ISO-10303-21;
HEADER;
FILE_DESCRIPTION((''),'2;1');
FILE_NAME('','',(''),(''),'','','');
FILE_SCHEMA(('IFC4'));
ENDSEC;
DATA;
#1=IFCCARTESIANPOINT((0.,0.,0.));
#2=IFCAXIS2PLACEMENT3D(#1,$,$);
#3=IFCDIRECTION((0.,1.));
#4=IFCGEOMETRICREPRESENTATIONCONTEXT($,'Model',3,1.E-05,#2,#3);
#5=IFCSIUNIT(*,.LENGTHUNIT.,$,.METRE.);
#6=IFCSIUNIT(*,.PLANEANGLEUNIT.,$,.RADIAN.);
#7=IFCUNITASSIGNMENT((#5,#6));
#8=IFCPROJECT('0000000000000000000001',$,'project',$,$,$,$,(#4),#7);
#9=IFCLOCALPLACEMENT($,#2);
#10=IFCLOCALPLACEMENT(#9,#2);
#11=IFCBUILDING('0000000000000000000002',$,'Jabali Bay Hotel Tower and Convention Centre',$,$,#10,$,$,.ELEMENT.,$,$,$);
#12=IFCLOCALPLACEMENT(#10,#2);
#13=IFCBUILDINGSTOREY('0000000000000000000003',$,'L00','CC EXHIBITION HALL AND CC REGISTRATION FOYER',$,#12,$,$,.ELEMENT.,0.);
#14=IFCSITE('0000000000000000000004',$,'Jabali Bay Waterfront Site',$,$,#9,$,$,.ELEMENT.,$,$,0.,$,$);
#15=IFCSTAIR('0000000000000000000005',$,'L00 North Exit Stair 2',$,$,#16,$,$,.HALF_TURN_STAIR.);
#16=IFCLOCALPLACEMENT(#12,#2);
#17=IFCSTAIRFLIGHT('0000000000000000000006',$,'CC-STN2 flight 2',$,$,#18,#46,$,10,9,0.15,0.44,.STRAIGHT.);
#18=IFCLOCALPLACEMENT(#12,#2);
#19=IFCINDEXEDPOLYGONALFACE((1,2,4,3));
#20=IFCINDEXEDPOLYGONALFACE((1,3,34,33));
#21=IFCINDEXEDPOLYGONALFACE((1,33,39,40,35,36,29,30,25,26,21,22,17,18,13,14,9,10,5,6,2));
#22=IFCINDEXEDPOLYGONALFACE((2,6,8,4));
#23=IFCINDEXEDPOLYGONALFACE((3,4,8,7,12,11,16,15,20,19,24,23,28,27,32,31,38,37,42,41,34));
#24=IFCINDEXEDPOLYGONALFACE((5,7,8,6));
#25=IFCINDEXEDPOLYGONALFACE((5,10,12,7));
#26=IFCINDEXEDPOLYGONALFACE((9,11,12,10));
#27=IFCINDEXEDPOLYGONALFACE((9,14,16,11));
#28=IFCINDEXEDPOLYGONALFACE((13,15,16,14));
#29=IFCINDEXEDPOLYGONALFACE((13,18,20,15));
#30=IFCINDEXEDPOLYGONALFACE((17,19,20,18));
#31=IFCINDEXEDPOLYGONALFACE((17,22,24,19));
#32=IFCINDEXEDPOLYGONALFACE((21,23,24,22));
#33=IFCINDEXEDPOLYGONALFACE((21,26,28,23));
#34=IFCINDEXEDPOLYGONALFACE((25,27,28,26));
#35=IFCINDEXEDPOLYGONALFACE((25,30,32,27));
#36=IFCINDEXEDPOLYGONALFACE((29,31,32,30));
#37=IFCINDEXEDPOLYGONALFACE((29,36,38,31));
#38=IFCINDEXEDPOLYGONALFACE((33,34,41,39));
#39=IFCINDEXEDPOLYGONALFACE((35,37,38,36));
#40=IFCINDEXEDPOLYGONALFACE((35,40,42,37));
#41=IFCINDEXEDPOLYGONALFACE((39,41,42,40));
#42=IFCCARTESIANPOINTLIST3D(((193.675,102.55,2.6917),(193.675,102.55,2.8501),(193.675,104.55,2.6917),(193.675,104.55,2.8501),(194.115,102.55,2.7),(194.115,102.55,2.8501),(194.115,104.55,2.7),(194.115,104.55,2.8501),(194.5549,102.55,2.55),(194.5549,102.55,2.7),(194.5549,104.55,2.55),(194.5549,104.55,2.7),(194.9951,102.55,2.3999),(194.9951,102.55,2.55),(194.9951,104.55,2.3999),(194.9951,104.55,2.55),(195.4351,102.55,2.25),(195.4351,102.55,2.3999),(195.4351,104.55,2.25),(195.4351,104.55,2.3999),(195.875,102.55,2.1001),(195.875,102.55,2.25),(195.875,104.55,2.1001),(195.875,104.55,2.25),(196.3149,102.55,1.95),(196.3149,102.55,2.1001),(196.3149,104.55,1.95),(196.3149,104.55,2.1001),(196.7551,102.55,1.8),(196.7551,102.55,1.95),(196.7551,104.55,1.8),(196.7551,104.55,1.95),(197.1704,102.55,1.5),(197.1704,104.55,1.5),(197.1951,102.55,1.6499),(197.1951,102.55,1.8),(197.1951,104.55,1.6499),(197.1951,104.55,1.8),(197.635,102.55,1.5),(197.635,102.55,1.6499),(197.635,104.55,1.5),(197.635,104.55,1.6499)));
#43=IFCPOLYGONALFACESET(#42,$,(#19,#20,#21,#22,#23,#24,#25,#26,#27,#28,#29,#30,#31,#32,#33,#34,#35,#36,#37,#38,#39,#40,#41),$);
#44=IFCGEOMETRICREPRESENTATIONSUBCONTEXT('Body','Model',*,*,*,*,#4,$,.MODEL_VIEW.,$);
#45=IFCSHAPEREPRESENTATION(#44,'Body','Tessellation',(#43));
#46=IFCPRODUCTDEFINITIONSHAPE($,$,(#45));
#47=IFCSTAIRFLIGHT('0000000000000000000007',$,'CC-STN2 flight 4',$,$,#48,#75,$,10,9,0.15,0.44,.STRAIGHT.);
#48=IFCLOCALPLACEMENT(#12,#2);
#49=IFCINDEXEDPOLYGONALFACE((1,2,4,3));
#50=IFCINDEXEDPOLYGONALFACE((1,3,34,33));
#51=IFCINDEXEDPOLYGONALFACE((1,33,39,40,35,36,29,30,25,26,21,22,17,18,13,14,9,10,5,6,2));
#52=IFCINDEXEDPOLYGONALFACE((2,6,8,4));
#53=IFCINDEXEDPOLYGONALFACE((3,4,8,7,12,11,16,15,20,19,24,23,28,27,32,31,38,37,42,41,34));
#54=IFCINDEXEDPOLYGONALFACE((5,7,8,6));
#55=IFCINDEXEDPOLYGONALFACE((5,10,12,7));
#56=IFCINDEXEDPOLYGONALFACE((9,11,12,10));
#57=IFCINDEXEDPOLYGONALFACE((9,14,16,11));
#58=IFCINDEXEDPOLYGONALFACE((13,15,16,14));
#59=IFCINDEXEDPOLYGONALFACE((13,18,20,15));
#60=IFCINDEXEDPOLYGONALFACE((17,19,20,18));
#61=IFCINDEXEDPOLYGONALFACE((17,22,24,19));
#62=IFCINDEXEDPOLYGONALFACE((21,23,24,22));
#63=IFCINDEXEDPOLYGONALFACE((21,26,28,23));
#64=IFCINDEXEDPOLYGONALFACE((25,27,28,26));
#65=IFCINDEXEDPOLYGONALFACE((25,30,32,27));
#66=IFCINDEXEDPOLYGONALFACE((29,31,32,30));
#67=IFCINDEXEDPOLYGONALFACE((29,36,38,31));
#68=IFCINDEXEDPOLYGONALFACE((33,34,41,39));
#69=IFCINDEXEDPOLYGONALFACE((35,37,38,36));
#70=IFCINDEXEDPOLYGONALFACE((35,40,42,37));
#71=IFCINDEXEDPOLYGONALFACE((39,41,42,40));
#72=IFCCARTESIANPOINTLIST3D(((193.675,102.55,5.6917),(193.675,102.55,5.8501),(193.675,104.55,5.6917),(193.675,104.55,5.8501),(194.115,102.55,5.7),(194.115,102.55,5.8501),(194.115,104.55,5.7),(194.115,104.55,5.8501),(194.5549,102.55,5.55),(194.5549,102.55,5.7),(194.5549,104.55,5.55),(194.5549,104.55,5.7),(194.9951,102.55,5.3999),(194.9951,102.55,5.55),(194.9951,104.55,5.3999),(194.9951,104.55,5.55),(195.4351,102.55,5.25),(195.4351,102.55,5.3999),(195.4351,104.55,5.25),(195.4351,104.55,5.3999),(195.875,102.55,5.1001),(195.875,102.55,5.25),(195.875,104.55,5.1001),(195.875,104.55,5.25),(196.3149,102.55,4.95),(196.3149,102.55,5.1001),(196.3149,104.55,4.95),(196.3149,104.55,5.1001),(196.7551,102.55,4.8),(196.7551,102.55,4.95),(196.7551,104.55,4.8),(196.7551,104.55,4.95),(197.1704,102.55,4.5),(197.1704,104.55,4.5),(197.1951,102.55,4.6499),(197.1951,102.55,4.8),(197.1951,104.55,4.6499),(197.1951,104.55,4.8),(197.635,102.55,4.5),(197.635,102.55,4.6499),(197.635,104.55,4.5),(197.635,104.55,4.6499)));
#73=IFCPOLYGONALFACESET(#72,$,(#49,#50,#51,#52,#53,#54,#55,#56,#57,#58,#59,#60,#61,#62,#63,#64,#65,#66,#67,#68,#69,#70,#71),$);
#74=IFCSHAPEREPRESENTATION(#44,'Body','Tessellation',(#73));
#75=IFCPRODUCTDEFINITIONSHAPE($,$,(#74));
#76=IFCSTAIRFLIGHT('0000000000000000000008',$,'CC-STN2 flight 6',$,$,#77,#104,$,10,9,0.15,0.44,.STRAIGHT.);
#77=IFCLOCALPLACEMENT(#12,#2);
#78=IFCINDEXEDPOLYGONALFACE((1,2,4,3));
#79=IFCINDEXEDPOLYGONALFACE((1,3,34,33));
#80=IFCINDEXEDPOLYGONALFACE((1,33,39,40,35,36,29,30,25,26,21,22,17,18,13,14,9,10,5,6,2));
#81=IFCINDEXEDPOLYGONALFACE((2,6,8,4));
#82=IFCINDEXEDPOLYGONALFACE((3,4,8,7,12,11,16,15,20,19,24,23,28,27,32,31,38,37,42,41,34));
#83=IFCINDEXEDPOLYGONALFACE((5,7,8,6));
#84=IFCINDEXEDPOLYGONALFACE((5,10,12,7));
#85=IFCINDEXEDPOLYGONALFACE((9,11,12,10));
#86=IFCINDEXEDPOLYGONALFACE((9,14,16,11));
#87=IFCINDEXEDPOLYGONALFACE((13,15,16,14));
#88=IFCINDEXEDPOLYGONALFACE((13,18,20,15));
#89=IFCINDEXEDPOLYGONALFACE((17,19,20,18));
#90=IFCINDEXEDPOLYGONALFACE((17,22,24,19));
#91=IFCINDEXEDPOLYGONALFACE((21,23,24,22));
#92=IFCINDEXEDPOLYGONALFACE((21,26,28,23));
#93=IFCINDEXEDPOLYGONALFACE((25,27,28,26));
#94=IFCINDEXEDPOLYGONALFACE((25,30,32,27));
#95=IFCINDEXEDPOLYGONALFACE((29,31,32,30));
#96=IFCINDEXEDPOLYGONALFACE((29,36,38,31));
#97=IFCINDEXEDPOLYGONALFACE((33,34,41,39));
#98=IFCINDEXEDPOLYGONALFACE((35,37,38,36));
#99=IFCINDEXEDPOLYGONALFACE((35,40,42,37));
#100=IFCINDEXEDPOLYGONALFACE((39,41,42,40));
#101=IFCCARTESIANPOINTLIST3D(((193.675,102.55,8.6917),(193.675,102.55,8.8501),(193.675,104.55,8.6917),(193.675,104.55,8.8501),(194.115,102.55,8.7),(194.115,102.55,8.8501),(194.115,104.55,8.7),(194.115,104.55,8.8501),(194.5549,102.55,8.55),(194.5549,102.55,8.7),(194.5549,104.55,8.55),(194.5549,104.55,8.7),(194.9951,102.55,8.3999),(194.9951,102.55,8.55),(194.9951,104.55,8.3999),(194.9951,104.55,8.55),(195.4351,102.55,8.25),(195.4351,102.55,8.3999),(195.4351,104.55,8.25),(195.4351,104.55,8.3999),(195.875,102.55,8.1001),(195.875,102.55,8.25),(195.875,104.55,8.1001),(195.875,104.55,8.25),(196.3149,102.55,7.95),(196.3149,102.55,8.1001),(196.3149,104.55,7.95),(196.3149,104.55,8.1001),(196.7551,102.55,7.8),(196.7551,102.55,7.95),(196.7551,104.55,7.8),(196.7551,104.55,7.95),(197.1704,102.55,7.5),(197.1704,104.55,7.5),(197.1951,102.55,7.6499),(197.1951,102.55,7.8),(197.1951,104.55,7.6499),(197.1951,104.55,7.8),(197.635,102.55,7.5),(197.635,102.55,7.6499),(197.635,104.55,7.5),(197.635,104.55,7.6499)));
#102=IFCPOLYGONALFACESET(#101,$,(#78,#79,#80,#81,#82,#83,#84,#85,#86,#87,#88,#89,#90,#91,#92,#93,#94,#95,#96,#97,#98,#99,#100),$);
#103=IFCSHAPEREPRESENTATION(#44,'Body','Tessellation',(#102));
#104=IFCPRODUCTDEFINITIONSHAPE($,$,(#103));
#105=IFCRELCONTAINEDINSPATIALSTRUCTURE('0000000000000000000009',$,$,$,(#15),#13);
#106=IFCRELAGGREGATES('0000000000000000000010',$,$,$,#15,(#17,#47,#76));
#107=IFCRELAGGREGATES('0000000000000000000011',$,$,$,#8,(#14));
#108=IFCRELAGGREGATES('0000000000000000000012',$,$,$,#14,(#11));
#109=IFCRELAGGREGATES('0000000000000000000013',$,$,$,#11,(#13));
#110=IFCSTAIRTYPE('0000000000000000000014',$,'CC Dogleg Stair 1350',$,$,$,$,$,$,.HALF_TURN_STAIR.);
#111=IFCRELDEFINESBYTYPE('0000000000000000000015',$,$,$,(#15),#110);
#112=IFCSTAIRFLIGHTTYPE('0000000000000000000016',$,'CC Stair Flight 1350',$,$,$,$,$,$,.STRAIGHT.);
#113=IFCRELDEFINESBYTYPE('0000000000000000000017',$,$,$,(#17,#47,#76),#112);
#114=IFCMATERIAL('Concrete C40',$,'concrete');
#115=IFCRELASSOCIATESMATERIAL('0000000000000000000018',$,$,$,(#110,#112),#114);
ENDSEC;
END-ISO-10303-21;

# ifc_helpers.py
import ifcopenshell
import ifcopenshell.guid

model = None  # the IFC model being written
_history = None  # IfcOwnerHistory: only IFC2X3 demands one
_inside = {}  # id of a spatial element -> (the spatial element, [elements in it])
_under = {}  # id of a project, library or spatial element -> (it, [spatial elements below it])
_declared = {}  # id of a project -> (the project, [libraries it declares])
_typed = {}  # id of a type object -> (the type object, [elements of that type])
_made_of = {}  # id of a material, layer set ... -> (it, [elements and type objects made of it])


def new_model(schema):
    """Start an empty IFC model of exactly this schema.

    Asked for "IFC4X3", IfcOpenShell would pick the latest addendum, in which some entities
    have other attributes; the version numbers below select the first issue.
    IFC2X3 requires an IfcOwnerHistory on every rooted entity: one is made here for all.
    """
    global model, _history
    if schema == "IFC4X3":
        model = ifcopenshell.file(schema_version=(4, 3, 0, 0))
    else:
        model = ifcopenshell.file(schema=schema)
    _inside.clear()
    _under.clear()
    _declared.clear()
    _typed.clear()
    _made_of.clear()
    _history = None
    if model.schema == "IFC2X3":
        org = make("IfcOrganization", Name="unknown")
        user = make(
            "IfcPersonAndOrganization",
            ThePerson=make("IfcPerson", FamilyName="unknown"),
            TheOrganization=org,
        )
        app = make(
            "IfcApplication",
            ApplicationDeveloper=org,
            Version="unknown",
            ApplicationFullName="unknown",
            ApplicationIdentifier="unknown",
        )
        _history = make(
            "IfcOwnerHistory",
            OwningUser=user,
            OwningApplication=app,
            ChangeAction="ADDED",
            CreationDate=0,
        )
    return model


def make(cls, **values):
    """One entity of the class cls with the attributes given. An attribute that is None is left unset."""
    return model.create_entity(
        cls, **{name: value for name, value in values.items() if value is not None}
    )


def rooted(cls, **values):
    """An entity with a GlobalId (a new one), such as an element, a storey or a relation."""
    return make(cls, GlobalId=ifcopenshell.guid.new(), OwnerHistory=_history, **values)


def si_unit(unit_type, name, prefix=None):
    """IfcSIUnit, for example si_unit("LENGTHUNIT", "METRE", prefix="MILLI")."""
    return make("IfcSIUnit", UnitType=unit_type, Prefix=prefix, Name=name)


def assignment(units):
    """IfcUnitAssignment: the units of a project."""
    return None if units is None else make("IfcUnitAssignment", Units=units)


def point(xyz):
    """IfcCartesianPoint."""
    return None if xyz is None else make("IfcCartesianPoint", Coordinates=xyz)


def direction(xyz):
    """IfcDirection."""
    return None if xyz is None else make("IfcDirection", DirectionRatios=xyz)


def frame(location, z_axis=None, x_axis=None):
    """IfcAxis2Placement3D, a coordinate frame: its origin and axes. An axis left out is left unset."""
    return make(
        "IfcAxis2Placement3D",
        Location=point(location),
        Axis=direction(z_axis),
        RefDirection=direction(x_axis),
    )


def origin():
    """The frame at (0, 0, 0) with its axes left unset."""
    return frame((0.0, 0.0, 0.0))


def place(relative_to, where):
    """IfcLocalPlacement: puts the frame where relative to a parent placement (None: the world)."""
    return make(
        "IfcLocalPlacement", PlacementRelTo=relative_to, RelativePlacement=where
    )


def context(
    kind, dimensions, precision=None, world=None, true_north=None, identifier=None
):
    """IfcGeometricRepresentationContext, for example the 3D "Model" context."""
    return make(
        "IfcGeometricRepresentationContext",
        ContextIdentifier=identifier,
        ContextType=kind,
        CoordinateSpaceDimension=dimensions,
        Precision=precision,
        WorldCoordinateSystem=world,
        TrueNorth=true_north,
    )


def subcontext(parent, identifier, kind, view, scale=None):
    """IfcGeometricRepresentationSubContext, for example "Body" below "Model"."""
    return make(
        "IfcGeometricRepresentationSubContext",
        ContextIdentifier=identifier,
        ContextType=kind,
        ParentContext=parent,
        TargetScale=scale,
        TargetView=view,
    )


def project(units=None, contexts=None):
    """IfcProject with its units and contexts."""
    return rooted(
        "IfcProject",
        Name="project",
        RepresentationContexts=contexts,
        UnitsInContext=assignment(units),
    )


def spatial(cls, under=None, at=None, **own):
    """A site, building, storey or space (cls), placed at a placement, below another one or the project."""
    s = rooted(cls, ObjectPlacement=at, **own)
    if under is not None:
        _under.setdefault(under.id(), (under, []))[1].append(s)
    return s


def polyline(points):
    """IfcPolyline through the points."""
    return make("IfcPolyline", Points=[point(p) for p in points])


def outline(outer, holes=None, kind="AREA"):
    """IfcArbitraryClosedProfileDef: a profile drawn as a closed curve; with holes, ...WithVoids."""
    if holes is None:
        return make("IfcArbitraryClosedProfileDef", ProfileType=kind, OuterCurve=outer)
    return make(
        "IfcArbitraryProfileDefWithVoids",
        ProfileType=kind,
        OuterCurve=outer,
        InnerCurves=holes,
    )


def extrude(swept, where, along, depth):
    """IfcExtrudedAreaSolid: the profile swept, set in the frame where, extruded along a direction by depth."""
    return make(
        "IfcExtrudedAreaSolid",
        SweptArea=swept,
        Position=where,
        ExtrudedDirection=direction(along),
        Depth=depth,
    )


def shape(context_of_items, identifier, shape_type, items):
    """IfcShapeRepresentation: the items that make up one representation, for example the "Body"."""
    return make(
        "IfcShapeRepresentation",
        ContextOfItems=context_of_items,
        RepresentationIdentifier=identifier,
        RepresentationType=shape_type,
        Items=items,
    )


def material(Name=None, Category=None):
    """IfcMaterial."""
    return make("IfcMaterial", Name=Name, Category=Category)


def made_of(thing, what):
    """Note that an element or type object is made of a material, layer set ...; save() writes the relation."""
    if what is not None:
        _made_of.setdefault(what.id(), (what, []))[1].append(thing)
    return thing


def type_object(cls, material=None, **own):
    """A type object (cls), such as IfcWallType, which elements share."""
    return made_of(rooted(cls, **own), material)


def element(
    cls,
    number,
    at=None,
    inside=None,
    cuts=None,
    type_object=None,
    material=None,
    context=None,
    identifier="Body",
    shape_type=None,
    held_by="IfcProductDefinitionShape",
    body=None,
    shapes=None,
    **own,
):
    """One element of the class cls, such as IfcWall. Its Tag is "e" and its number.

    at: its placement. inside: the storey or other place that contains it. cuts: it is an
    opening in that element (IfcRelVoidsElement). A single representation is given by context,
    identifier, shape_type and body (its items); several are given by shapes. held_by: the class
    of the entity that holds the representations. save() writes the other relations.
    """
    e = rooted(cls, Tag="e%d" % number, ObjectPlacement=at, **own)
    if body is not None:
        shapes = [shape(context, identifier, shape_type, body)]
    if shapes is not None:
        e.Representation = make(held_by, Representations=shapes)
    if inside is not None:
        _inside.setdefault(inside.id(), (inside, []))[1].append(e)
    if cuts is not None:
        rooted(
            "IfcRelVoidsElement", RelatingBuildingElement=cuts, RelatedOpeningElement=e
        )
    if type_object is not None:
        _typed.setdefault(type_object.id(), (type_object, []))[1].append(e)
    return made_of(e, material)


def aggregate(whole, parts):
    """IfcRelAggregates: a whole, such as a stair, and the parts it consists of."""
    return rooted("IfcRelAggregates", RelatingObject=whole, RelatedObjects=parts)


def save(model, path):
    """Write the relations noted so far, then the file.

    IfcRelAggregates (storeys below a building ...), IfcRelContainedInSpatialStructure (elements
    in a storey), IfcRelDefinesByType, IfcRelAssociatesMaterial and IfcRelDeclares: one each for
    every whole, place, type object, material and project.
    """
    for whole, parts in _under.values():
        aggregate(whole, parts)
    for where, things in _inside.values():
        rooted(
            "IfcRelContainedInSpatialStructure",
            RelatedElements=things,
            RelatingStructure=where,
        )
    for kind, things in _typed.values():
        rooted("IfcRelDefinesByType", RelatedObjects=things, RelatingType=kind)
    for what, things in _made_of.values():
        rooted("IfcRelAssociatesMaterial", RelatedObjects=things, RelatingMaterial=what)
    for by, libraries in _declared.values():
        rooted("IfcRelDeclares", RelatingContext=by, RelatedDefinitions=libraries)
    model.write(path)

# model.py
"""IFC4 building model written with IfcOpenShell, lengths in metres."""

from ifc_helpers import new_model, si_unit, direction, frame, origin, place, context, subcontext, project, spatial, polyline, outline, extrude, material, type_object, element, aggregate, save


model = new_model("IFC4")

# Units and contexts
model_context = context("Model", 3, precision=1e-05, world=origin(), true_north=direction((0.0, 1.0)))
body_context = subcontext(model_context, "Body", "Model", "MODEL_VIEW")
ifc_project = project(units=[si_unit("LENGTHUNIT", "METRE"), si_unit("PLANEANGLEUNIT", "RADIAN")], contexts=[model_context])

# Site, building, storey
site_placement = place(None, origin())
site = spatial("IfcSite", under=ifc_project, at=site_placement, Name="Jabali Bay Waterfront Site", CompositionType="ELEMENT", RefElevation=0.0)
building_placement = place(site_placement, origin())
building = spatial("IfcBuilding", under=site, at=building_placement, Name="Jabali Bay Hotel Tower and Convention Centre", CompositionType="ELEMENT")
storey_placement = place(building_placement, origin())
storey = spatial("IfcBuildingStorey", under=building, at=storey_placement, Name="L00", Description="CC EXHIBITION HALL AND CC REGISTRATION FOYER", CompositionType="ELEMENT", Elevation=0.0)

# Shared definitions
ifc_material_1 = material(Name="Concrete C40", Category="concrete")

# Stair, stair flights
stair_type = type_object("IfcStairType", Name="CC Dogleg Stair 1350", PredefinedType="HALF_TURN_STAIR", material=ifc_material_1)
stair_flight_type = type_object("IfcStairFlightType", Name="CC Stair Flight 1350", PredefinedType="STRAIGHT", material=ifc_material_1)
stair_1_placement = place(storey_placement, origin())
stair_1 = element("IfcStair", 1, at=stair_1_placement, inside=storey, type_object=stair_type, Name="L00 North Exit Stair 2", PredefinedType="HALF_TURN_STAIR")
stair_flight_1_placement = place(storey_placement, frame((197.635, 103.55, 1.5), z_axis=(0.0, 0.0, 1.0), x_axis=(-1.0, 0.0, 0.0)))
stair_flight_1 = element("IfcStairFlight", 2, at=stair_flight_1_placement, type_object=stair_flight_type, Name="CC-STN2 flight 2", NumberOfRisers=10, NumberOfTreads=9, PredefinedType="STRAIGHT", RiserHeight=0.15, TreadLength=0.44, context=body_context, shape_type="SweptSolid", body=[
    extrude(outline(polyline([(0.0, 0.0), (0.0, 0.1499), (0.4399, 0.1499), (0.4399, 0.3), (0.8799, 0.3), (0.8799, 0.45), (1.3201, 0.45), (1.3201, 0.6001), (1.76, 0.6001), (1.76, 0.75), (2.2, 0.75), (2.2, 0.8999), (2.6399, 0.8999), (2.6399, 1.05), (3.0801, 1.05), (3.0801, 1.2), (3.52, 1.2), (3.52, 1.3501), (3.96, 1.3501), (3.96, 1.5), (3.96, 1.1917), (0.4646, 0.0), (0.0, 0.0)])), frame((0.0, 1.0, 0.0), z_axis=(0.0, -1.0, 0.0), x_axis=(1.0, 0.0, 0.0)), (0.0, 0.0, 1.0), 2.0),
])
stair_flight_2_placement = place(storey_placement, frame((197.635, 103.55, 4.5), z_axis=(0.0, 0.0, 1.0), x_axis=(-1.0, 0.0, 0.0)))
stair_flight_2 = element("IfcStairFlight", 3, at=stair_flight_2_placement, type_object=stair_flight_type, Name="CC-STN2 flight 4", NumberOfRisers=10, NumberOfTreads=9, PredefinedType="STRAIGHT", RiserHeight=0.15, TreadLength=0.44, context=body_context, shape_type="SweptSolid", body=[
    extrude(outline(polyline([(0.0, 0.0), (0.0, 0.1499), (0.4399, 0.1499), (0.4399, 0.3), (0.8799, 0.3), (0.8799, 0.45), (1.3201, 0.45), (1.3201, 0.6001), (1.76, 0.6001), (1.76, 0.75), (2.2, 0.75), (2.2, 0.8999), (2.6399, 0.8999), (2.6399, 1.05), (3.0801, 1.05), (3.0801, 1.2), (3.52, 1.2), (3.52, 1.3501), (3.96, 1.3501), (3.96, 1.5), (3.96, 1.1917), (0.4646, 0.0), (0.0, 0.0)])), frame((0.0, 1.0, 0.0), z_axis=(0.0, -1.0, 0.0), x_axis=(1.0, 0.0, 0.0)), (0.0, 0.0, 1.0), 2.0),
])
stair_flight_3_placement = place(storey_placement, frame((197.635, 103.55, 7.5), z_axis=(0.0, 0.0, 1.0), x_axis=(-1.0, 0.0, 0.0)))
stair_flight_3 = element("IfcStairFlight", 4, at=stair_flight_3_placement, type_object=stair_flight_type, Name="CC-STN2 flight 6", NumberOfRisers=10, NumberOfTreads=9, PredefinedType="STRAIGHT", RiserHeight=0.15, TreadLength=0.44, context=body_context, shape_type="SweptSolid", body=[
    extrude(outline(polyline([(0.0, 0.0), (0.0, 0.1499), (0.4399, 0.1499), (0.4399, 0.3), (0.8799, 0.3), (0.8799, 0.45), (1.3201, 0.45), (1.3201, 0.6001), (1.76, 0.6001), (1.76, 0.75), (2.2, 0.75), (2.2, 0.8999), (2.6399, 0.8999), (2.6399, 1.05), (3.0801, 1.05), (3.0801, 1.2), (3.52, 1.2), (3.52, 1.3501), (3.96, 1.3501), (3.96, 1.5), (3.96, 1.1917), (0.4646, 0.0), (0.0, 0.0)])), frame((0.0, 1.0, 0.0), z_axis=(0.0, -1.0, 0.0), x_axis=(1.0, 0.0, 0.0)), (0.0, 0.0, 1.0), 2.0),
])
aggregate(stair_1, [stair_flight_1, stair_flight_2, stair_flight_3])

save(model, "model.ifc")
